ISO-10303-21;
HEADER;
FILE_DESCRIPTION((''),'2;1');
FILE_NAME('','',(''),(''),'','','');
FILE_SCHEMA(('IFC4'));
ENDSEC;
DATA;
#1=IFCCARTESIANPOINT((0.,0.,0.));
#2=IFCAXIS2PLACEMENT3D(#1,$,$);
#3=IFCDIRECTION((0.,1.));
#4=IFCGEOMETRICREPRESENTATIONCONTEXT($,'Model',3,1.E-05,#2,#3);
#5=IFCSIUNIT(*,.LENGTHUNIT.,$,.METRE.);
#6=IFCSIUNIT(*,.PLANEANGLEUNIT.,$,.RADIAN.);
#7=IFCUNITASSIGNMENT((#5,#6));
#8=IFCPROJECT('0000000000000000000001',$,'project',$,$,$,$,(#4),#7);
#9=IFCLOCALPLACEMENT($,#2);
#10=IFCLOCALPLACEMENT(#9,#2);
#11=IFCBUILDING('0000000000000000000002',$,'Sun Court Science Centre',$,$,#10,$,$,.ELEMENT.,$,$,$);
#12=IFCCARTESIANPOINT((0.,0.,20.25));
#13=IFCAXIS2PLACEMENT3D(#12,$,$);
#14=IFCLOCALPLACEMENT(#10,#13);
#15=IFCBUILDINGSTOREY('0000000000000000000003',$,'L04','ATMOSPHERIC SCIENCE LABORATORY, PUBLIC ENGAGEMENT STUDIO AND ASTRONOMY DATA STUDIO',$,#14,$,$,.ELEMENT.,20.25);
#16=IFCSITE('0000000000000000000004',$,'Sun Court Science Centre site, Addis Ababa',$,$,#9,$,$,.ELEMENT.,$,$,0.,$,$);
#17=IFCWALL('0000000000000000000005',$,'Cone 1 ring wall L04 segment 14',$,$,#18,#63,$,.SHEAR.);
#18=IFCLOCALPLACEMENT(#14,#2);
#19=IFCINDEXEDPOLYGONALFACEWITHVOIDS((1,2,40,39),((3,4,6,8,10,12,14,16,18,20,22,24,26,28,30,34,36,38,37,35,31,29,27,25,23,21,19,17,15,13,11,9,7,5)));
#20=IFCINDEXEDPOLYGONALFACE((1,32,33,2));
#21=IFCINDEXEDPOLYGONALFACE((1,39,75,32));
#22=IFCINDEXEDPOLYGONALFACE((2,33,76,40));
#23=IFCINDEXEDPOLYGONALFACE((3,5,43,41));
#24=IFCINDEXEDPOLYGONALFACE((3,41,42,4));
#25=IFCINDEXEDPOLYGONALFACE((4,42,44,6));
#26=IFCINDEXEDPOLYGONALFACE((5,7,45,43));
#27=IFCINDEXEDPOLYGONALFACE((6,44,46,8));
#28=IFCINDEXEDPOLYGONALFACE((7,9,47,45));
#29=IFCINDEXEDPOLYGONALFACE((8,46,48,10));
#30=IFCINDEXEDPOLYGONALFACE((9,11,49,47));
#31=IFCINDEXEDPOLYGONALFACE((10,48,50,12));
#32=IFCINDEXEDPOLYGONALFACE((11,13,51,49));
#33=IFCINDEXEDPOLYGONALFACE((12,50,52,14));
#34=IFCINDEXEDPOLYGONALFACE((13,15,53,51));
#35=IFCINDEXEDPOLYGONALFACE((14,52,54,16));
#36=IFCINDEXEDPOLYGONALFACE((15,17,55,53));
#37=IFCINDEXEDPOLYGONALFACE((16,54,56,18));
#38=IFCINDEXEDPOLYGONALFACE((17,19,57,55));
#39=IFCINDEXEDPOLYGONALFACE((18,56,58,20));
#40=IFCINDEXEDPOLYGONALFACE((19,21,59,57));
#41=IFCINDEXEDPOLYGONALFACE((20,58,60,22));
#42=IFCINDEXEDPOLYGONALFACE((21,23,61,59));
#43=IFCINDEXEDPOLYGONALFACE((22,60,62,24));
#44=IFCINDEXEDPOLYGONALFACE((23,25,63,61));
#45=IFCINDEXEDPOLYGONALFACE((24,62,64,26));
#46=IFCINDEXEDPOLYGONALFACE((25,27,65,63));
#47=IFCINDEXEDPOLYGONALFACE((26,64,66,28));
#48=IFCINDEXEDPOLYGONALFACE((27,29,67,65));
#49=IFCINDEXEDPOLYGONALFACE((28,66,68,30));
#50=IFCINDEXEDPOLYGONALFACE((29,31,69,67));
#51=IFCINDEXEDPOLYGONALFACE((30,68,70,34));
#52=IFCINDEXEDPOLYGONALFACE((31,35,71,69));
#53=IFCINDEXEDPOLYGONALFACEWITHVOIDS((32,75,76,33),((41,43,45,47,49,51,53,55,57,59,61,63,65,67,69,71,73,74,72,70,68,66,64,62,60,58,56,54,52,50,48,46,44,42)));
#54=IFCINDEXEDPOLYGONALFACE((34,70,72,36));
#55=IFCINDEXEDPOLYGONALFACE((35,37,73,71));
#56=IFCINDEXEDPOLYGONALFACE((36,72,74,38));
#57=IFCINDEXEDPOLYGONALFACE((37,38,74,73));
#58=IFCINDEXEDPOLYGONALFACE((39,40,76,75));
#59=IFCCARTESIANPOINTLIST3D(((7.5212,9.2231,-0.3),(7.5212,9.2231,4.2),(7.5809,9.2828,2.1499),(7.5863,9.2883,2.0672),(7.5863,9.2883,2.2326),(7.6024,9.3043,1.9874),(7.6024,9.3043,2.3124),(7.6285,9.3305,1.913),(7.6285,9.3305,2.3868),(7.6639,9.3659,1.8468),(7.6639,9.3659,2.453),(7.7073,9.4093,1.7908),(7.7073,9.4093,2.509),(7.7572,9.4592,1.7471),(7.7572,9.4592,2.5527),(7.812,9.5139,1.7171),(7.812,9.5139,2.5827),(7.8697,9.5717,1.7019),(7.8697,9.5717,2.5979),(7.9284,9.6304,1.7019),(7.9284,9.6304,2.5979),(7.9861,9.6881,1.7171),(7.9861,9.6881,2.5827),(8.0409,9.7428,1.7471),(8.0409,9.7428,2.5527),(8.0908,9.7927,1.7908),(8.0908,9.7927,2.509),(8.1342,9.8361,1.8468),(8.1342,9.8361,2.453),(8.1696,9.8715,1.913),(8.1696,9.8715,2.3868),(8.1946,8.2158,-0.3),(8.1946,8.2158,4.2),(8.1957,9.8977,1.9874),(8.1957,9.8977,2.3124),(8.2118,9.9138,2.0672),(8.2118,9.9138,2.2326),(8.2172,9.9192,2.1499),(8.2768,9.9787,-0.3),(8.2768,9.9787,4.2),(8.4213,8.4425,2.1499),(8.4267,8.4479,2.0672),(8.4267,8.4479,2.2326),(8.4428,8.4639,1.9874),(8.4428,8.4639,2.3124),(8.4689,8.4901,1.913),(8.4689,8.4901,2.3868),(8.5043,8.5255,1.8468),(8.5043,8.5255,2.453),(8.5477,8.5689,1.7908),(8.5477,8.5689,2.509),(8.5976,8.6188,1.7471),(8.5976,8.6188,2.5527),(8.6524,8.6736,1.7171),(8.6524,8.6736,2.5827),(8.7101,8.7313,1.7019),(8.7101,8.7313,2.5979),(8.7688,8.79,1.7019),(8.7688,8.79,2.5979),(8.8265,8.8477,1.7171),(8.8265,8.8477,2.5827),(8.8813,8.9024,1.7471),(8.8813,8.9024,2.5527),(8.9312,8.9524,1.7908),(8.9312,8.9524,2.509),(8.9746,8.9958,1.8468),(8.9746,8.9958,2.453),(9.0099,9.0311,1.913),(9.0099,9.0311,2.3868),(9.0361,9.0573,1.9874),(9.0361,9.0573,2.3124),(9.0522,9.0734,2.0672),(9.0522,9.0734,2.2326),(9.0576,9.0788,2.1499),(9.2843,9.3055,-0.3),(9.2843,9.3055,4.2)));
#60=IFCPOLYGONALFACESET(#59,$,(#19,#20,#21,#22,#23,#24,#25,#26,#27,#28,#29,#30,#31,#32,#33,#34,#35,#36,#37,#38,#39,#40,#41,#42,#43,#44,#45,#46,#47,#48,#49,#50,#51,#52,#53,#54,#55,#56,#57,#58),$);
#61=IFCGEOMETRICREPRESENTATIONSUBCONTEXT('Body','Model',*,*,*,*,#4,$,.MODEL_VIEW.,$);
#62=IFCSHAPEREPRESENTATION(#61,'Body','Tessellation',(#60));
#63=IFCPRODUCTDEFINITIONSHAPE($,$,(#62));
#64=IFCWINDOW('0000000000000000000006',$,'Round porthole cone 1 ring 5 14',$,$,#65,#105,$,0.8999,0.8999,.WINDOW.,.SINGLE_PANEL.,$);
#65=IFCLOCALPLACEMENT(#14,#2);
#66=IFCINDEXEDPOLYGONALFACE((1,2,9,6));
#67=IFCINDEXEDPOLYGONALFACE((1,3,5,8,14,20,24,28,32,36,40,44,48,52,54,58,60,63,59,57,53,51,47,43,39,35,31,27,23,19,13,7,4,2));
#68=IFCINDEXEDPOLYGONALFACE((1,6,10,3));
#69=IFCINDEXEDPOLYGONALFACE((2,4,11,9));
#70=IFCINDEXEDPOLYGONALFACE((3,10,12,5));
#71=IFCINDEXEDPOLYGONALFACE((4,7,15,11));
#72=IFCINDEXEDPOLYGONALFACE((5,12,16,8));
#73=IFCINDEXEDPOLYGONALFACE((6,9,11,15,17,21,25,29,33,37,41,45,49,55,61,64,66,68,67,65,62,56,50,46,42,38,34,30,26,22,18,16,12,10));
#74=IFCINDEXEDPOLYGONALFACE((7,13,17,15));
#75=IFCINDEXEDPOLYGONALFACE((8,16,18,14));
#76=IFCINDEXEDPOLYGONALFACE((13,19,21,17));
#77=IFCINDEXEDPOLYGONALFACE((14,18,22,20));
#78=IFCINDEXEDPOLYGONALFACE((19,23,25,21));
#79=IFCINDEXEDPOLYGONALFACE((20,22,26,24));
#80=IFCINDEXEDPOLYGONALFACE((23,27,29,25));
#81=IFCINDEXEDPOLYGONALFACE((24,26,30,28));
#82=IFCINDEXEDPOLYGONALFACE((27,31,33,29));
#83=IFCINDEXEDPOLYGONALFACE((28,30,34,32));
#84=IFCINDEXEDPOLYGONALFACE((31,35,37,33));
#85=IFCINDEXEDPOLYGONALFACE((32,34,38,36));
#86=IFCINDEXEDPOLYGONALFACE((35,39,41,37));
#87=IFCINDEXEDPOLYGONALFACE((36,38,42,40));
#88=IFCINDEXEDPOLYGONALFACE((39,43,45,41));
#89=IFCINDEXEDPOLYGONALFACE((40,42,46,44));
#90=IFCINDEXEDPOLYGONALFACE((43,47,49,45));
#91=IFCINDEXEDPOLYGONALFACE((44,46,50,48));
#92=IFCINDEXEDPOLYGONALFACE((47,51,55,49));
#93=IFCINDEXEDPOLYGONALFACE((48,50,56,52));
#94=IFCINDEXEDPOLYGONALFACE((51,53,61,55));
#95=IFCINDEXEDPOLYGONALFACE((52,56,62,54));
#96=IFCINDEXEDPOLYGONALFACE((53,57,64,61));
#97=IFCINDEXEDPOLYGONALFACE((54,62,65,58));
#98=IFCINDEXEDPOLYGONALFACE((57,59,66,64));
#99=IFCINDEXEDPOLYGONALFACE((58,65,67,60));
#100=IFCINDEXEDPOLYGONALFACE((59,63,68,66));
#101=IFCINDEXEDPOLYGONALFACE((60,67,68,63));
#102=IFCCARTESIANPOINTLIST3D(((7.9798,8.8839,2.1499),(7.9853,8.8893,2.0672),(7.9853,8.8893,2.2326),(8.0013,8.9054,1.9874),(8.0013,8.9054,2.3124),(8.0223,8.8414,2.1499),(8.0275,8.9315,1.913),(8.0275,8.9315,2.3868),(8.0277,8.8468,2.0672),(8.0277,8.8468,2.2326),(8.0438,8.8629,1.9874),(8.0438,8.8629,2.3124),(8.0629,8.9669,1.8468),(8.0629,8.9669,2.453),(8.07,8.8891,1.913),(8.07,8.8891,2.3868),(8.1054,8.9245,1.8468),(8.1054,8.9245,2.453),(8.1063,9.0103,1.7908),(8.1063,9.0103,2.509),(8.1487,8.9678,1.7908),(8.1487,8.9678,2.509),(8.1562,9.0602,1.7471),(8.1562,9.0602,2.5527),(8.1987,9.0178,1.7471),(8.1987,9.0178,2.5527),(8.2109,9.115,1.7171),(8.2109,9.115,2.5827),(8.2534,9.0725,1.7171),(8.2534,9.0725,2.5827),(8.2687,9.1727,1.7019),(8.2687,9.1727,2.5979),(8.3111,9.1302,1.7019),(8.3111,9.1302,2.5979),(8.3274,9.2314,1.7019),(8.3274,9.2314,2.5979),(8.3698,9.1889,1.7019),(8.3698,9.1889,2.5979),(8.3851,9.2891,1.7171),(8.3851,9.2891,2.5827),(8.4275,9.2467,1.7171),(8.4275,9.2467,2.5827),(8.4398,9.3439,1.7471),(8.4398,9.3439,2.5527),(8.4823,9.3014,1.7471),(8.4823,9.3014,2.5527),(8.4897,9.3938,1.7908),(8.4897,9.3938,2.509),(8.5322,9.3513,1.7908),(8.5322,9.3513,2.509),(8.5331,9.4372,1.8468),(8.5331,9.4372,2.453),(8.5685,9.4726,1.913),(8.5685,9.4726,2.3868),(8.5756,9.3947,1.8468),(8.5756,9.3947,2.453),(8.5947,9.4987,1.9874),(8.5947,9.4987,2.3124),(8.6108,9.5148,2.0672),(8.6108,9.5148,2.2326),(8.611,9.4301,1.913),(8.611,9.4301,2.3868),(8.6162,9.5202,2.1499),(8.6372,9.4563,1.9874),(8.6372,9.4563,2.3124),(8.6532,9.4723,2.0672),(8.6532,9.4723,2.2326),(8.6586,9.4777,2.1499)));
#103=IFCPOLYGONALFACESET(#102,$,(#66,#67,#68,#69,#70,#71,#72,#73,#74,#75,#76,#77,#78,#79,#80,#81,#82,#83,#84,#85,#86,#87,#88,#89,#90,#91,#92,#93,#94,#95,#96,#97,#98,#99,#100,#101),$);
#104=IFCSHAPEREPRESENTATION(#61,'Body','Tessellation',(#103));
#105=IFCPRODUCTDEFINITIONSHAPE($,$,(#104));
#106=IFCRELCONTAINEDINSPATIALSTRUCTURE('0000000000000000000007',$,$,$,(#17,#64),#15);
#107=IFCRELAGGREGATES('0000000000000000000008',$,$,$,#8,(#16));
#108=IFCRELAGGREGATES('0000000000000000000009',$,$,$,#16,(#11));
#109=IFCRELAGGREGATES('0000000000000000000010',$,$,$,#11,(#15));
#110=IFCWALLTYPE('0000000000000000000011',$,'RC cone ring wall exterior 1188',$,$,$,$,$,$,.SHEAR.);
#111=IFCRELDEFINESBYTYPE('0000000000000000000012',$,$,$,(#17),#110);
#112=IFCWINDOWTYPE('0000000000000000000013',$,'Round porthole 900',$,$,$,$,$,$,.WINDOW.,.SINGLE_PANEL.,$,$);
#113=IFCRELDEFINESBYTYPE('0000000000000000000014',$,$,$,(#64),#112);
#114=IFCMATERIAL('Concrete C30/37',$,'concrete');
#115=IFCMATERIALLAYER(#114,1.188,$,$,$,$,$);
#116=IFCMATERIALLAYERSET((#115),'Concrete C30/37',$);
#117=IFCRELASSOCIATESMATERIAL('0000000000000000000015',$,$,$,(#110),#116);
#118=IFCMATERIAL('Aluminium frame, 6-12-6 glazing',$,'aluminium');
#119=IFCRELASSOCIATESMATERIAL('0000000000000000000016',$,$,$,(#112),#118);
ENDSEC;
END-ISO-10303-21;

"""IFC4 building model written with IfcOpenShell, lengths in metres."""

from ifc_helpers import new_model, si_unit, direction, frame, frame_2d, origin, place, context, subcontext, project, spatial, polyline, circle, outline, extrude, material, layer, layer_set, type_object, element, fill, save


model = new_model("IFC4")

# Units and contexts
model_context = context("Model", 3, precision=1e-05, world=origin(), true_north=direction((0.0, 1.0)))
body_context = subcontext(model_context, "Body", "Model", "MODEL_VIEW")
ifc_project = project(units=[si_unit("LENGTHUNIT", "METRE"), si_unit("PLANEANGLEUNIT", "RADIAN")], contexts=[model_context])

# Site, building, storey
site_placement = place(None, origin())
site = spatial("IfcSite", under=ifc_project, at=site_placement, Name="Sun Court Science Centre site, Addis Ababa", CompositionType="ELEMENT", RefElevation=0.0)
building_placement = place(site_placement, origin())
building = spatial("IfcBuilding", under=site, at=building_placement, Name="Sun Court Science Centre", CompositionType="ELEMENT")
storey_placement = place(building_placement, frame((0.0, 0.0, 20.25)))
storey = spatial("IfcBuildingStorey", under=building, at=storey_placement, Name="L04", Description="ATMOSPHERIC SCIENCE LABORATORY, PUBLIC ENGAGEMENT STUDIO AND ASTRONOMY DATA STUDIO", CompositionType="ELEMENT", Elevation=20.25)

# Wall, opening, window
ifc_material_1 = material(Name="Concrete C30/37", Category="concrete")
ifc_layer_1 = layer(ifc_material_1, 1.188)
ifc_layer_set_1 = layer_set([ifc_layer_1], Name="Concrete C30/37")
wall_type = type_object("IfcWallType", Name="RC cone ring wall exterior 1188", PredefinedType="SHEAR", material=ifc_layer_set_1)
ifc_material_2 = material(Name="Aluminium frame, 6-12-6 glazing", Category="aluminium")
window_type = type_object("IfcWindowType", Name="Round porthole 900", PartitioningType="SINGLE_PANEL", PredefinedType="WINDOW", material=ifc_material_2)
wall_1_placement = place(storey_placement, frame((7.7744, 8.636, -0.3), z_axis=(0.0, 0.0, 1.0), x_axis=(0.707107, 0.707107, 0.0)))
wall_1 = element("IfcWall", 1, at=wall_1_placement, inside=storey, type_object=wall_type, Name="Cone 1 ring wall L04 segment 14", PredefinedType="SHEAR", context=body_context, shape_type="SweptSolid", body=[
    extrude(outline(polyline([(0.0, -0.5942), (1.541, -0.5942), (1.3047, 0.5942), (0.2361, 0.5942), (0.0, -0.5942)])), origin(), (0.0, 0.0, 1.0), 4.5),
])
opening_1_placement = place(wall_1_placement, frame((0.3206, 0.0, 2.0)))
opening_1 = element("IfcOpeningElement", 2, at=opening_1_placement, cuts=wall_1, PredefinedType="OPENING", context=body_context, shape_type="SweptSolid", body=[
    extrude(circle(Radius=0.45, at=frame_2d((0.45, 0.45))), frame((0.0, 0.6042, 0.0), z_axis=(0.0, -1.0, 0.0), x_axis=(1.0, 0.0, 0.0)), (0.0, 0.0, 1.0), 1.2085),
])
window_1_placement = place(opening_1_placement, origin())
window_1 = element("IfcWindow", 3, at=window_1_placement, inside=storey, type_object=window_type, Name="Round porthole cone 1 ring 5 14", OverallHeight=0.8999, OverallWidth=0.8999, PartitioningType="SINGLE_PANEL", PredefinedType="WINDOW", context=body_context, shape_type="SweptSolid", body=[
    extrude(circle(Radius=0.45, at=frame_2d((0.45, 0.45))), frame((0.0, 0.03, 0.0), z_axis=(0.0, -1.0, 0.0), x_axis=(1.0, 0.0, 0.0)), (0.0, 0.0, 1.0), 0.0601),
])
fill(opening_1, window_1)

save(model, "model.ifc")
